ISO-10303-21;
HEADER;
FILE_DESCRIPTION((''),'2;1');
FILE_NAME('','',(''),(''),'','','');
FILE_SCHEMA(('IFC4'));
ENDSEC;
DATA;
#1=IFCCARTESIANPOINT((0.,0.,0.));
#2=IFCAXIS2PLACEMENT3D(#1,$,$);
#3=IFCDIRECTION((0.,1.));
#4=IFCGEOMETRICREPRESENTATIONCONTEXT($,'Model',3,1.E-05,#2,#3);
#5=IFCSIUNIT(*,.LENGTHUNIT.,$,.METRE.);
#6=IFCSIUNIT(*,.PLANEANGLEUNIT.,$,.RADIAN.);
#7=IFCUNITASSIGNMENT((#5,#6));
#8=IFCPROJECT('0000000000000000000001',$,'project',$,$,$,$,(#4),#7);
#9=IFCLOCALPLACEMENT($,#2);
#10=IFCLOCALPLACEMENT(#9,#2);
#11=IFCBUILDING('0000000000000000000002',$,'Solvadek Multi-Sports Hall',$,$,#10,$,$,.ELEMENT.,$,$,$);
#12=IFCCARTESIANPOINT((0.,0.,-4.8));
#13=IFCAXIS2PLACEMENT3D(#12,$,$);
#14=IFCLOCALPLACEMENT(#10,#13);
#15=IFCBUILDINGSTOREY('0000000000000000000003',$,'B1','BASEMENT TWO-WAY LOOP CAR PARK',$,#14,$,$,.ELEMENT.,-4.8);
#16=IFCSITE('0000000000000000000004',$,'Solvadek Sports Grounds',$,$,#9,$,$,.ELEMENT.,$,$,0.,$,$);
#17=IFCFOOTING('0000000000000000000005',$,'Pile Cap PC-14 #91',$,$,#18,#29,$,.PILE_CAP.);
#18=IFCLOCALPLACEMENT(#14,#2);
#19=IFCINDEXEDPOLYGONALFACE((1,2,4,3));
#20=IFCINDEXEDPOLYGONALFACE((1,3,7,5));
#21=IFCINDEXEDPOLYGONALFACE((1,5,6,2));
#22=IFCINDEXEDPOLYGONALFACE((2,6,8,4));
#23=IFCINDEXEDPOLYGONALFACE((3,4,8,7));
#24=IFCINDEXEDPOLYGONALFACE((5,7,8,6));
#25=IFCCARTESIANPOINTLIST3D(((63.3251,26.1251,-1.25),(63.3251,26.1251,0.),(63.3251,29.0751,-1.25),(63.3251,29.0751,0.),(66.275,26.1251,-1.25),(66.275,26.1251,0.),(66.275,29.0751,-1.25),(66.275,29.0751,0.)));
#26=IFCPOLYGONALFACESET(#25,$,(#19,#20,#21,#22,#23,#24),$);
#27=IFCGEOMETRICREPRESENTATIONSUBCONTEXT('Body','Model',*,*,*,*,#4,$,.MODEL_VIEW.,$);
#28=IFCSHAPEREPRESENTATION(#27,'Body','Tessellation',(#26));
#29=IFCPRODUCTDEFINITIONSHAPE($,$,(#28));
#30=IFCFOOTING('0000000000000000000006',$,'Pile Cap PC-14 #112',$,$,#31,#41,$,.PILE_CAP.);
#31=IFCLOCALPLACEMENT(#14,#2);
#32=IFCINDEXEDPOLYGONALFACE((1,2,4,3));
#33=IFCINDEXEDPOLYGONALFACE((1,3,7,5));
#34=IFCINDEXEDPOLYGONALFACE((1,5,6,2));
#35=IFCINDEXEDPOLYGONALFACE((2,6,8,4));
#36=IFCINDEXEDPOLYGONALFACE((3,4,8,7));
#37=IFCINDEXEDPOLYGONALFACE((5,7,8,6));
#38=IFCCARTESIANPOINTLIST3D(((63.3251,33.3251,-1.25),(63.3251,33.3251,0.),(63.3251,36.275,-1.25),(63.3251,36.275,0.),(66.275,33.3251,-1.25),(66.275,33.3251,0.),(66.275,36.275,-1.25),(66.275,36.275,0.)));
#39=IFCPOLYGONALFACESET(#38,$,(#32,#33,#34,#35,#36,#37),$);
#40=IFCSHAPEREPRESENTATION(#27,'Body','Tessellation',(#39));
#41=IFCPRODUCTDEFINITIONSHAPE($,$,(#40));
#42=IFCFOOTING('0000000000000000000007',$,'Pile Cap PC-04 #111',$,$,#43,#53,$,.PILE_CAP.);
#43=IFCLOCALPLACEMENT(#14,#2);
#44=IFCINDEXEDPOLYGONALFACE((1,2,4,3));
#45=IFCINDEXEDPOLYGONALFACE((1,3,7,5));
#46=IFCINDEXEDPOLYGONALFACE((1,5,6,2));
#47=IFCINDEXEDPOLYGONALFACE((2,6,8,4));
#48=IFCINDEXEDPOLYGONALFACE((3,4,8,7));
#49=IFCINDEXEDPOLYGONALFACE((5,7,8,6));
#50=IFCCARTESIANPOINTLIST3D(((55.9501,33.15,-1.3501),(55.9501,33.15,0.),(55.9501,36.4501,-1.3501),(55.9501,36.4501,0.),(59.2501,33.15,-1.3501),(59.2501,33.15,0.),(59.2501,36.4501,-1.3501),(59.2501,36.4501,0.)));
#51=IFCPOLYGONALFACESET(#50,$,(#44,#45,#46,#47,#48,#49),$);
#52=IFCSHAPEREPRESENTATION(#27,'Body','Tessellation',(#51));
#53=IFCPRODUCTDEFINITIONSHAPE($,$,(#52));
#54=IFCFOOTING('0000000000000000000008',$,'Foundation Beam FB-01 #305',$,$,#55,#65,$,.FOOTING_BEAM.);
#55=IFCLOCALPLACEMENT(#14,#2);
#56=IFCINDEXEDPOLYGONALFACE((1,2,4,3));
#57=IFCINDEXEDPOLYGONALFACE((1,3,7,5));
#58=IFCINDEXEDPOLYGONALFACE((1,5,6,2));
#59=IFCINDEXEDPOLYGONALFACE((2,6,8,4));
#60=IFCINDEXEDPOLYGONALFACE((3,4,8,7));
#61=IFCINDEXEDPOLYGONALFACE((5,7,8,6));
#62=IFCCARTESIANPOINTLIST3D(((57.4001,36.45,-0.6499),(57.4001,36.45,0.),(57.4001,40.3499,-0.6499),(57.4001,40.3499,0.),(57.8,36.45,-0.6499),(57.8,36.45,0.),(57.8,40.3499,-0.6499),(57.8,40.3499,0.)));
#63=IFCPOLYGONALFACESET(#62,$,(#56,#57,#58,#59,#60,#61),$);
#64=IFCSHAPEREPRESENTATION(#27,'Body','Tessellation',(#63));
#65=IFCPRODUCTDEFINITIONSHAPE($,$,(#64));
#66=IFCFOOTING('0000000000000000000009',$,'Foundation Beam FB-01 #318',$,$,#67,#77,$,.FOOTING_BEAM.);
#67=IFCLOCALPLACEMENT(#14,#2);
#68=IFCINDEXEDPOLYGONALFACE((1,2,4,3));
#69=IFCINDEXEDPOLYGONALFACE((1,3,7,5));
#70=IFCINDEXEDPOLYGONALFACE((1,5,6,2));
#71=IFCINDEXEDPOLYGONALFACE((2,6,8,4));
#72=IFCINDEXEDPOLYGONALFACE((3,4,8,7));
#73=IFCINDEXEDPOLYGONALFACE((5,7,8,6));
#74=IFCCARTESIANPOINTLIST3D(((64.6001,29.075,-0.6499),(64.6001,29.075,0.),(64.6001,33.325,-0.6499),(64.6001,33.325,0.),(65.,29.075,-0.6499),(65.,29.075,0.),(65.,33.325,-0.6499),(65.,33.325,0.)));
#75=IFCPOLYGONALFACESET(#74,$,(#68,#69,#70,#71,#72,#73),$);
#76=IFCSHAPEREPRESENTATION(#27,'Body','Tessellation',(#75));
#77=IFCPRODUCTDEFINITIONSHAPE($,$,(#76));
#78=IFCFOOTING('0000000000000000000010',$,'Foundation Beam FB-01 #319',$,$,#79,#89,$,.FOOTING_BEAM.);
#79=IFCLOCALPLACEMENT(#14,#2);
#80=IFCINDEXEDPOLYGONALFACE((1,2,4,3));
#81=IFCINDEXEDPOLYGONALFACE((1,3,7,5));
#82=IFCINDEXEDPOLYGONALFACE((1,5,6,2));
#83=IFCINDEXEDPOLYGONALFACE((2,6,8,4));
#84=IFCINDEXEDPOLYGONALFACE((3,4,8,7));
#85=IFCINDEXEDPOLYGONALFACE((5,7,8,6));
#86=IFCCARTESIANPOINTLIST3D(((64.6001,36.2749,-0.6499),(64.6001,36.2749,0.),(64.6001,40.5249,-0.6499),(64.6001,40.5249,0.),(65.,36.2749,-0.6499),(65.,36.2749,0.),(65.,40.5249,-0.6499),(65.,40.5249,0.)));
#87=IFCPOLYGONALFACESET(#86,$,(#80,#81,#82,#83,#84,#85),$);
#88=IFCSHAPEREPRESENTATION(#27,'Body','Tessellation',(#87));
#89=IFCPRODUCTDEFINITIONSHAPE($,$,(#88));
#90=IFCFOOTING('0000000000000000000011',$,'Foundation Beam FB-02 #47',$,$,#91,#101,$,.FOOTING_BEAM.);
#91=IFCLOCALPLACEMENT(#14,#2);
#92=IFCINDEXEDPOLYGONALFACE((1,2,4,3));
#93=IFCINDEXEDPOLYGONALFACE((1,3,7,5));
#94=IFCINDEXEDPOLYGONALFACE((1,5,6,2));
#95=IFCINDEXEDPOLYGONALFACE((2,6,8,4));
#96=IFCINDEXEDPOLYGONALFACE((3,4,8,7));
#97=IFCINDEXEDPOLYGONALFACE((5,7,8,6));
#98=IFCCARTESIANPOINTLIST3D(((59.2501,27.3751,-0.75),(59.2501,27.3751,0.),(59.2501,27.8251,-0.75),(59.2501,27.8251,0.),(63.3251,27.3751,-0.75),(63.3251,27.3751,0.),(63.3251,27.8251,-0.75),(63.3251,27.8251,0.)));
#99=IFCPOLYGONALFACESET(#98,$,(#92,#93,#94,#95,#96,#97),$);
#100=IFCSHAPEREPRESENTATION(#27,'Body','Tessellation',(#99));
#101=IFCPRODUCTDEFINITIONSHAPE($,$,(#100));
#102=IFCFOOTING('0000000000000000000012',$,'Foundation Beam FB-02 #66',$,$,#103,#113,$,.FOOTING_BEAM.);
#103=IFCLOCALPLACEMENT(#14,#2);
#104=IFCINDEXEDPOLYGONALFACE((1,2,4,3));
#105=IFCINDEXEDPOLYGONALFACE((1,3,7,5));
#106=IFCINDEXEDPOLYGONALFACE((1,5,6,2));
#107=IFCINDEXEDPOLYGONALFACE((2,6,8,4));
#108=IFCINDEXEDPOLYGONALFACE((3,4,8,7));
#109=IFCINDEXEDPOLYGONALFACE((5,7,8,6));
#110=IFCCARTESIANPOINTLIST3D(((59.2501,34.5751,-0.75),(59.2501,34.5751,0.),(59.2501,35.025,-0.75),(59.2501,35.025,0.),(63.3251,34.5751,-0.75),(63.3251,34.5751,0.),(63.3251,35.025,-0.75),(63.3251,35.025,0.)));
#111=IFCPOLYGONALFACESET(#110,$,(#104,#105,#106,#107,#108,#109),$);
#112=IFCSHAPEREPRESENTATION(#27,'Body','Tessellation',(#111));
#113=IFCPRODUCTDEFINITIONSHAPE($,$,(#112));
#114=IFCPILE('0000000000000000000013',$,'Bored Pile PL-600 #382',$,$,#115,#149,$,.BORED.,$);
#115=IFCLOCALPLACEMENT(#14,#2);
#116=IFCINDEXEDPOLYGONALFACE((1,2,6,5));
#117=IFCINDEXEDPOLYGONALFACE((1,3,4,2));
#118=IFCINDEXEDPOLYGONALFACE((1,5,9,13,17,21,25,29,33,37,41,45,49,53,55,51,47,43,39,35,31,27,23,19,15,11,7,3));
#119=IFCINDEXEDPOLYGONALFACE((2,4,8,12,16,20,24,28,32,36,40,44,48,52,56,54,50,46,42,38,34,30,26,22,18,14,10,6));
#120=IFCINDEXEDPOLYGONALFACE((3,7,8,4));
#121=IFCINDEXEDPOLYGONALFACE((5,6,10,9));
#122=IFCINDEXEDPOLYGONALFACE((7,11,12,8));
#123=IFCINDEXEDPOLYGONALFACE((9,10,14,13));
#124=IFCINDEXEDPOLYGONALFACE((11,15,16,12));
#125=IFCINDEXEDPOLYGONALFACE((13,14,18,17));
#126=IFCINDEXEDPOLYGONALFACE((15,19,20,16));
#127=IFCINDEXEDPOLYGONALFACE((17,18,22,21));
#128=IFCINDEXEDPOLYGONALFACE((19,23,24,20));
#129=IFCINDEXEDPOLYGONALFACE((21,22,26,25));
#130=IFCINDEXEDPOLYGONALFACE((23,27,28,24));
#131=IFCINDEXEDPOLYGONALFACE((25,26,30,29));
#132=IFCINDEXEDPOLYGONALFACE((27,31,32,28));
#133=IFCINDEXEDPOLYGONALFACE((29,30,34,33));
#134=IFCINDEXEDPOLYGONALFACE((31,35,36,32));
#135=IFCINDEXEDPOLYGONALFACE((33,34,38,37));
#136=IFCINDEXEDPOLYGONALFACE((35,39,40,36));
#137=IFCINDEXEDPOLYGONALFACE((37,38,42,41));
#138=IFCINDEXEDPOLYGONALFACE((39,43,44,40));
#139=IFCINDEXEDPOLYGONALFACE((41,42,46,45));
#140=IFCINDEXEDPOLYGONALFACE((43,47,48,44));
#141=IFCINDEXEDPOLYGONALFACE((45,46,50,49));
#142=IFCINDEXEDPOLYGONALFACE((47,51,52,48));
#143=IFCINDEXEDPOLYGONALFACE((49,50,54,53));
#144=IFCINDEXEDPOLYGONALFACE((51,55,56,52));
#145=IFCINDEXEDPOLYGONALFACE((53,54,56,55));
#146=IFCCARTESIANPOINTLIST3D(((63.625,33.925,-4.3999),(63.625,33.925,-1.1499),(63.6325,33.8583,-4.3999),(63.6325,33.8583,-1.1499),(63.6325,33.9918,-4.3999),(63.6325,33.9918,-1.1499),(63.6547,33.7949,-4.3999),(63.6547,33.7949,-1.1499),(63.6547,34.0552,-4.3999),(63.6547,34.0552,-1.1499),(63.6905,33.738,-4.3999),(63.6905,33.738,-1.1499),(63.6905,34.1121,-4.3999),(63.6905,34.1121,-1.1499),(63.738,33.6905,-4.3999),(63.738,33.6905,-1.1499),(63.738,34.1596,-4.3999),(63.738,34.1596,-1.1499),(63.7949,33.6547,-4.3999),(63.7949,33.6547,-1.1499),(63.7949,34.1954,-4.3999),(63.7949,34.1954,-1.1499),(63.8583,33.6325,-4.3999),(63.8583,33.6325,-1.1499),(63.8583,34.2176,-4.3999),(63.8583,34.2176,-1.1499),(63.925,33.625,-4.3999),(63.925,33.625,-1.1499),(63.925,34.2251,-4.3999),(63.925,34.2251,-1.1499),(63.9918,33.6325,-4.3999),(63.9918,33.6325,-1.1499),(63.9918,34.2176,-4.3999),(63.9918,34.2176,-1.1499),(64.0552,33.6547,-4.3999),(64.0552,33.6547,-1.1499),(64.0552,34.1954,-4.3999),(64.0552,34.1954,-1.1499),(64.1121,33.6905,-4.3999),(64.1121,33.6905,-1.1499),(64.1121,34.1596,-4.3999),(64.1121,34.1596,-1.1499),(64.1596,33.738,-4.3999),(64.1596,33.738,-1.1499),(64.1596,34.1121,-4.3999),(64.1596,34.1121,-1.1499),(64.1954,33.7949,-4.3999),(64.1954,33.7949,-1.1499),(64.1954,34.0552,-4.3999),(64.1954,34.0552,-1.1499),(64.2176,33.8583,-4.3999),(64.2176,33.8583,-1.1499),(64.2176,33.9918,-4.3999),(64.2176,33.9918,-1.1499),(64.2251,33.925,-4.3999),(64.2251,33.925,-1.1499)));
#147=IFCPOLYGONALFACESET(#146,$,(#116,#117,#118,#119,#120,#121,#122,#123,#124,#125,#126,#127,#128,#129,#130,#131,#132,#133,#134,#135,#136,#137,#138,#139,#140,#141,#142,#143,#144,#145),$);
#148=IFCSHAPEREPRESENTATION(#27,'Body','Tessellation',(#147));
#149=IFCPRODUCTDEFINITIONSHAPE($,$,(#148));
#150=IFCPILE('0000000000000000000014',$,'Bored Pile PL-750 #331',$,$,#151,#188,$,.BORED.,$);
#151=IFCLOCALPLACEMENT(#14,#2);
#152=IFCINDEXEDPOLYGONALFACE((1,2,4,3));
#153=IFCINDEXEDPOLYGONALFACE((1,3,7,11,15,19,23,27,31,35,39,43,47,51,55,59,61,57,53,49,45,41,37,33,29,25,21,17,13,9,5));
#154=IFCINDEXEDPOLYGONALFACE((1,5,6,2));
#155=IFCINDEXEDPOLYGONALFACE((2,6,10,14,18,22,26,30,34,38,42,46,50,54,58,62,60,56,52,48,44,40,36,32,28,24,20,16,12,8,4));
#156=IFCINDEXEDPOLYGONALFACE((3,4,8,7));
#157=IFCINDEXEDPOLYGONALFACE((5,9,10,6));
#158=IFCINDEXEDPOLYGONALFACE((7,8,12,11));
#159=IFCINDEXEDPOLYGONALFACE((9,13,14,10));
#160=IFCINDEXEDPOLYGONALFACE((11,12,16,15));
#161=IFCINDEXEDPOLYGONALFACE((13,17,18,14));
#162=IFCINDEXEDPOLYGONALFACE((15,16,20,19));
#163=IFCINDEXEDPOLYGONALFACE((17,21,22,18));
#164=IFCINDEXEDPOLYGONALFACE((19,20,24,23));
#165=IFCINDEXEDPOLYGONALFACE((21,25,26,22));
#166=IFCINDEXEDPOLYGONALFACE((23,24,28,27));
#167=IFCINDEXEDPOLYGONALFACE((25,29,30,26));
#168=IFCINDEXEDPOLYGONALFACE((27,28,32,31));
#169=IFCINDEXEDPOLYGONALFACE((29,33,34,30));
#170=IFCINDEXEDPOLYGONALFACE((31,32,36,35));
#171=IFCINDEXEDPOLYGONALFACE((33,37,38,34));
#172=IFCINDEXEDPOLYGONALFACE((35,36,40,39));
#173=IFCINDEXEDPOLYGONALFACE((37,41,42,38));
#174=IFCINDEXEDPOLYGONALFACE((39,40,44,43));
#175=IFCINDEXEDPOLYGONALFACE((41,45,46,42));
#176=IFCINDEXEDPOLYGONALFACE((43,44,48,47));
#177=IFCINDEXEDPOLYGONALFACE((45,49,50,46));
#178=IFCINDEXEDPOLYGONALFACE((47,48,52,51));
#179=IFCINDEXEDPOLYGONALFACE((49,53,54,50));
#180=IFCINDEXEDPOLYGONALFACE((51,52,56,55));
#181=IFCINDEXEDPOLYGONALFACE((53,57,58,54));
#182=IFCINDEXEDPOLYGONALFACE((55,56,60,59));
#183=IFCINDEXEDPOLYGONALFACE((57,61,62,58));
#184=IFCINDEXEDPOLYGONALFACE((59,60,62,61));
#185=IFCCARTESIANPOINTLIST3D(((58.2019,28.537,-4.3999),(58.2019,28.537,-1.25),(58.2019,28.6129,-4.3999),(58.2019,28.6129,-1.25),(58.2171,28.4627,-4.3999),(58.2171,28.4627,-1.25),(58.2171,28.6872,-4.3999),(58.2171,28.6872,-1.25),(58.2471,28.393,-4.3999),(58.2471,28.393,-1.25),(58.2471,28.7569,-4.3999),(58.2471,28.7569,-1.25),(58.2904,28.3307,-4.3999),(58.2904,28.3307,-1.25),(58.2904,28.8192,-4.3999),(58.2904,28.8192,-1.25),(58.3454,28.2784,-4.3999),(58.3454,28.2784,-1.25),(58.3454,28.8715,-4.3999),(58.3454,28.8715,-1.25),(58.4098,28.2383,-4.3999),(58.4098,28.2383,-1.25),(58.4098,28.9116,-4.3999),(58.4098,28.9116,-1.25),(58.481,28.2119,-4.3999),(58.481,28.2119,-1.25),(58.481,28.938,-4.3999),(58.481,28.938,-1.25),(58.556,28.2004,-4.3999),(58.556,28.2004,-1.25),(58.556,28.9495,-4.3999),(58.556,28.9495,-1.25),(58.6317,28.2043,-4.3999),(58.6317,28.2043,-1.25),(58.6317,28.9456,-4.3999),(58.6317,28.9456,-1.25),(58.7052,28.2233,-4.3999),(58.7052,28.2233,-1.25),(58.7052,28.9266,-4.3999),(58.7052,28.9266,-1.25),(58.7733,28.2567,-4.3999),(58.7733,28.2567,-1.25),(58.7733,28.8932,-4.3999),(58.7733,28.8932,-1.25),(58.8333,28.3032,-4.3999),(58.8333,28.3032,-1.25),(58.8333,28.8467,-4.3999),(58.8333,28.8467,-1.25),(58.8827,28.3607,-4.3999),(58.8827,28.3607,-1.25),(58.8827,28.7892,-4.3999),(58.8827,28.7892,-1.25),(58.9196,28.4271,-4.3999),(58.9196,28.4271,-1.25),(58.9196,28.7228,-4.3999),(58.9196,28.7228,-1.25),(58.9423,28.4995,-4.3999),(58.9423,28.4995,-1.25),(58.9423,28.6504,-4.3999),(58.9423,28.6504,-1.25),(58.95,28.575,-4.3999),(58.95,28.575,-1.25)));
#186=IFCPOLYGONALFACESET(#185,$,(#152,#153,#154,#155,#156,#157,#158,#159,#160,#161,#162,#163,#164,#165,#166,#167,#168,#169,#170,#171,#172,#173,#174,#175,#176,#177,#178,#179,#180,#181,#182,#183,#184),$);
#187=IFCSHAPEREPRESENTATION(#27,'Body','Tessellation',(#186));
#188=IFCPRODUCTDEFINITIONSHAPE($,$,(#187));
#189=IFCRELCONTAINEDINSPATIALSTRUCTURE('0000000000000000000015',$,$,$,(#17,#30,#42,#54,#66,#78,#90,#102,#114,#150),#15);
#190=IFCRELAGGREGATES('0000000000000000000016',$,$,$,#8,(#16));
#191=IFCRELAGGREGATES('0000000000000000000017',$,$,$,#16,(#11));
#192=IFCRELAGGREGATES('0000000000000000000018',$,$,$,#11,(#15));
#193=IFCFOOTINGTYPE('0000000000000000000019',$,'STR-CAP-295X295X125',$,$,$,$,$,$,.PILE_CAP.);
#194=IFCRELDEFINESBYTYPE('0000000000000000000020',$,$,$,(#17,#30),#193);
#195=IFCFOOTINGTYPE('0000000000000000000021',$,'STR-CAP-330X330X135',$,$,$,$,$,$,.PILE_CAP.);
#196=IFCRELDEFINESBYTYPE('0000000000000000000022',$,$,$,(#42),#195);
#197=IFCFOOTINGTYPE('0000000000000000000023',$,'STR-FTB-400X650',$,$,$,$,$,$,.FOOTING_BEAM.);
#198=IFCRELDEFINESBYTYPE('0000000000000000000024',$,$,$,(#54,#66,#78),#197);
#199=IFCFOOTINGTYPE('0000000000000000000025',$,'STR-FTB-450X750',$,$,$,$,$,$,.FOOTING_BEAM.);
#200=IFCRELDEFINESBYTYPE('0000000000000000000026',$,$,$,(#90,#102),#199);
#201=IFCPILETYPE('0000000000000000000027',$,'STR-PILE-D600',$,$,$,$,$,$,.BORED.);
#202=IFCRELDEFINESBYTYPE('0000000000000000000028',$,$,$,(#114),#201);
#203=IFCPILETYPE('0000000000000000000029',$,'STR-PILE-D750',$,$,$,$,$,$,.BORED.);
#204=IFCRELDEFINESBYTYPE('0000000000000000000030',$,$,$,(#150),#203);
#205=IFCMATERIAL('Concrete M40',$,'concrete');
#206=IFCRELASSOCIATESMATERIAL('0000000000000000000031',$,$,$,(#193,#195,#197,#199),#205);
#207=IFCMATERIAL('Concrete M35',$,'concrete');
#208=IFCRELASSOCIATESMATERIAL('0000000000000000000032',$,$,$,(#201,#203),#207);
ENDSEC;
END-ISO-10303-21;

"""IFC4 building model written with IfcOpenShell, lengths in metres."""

from ifc_helpers import new_model, si_unit, direction, frame, origin, origin_2d, place, context, subcontext, project, spatial, rectangle, circle, extrude, material, material_profile, profile_set, type_object, element, save


model = new_model("IFC4")

# Units and contexts
model_context = context("Model", 3, precision=1e-05, world=origin(), true_north=direction((0.0, 1.0)))
body_context = subcontext(model_context, "Body", "Model", "MODEL_VIEW")
ifc_project = project(units=[si_unit("LENGTHUNIT", "METRE"), si_unit("PLANEANGLEUNIT", "RADIAN")], contexts=[model_context])

# Site, building, storey
site_placement = place(None, origin())
site = spatial("IfcSite", under=ifc_project, at=site_placement, Name="Solvadek Sports Grounds", CompositionType="ELEMENT", RefElevation=0.0)
building_placement = place(site_placement, origin())
building = spatial("IfcBuilding", under=site, at=building_placement, Name="Solvadek Multi-Sports Hall", CompositionType="ELEMENT")
storey_placement = place(building_placement, frame((0.0, 0.0, -4.8)))
storey = spatial("IfcBuildingStorey", under=building, at=storey_placement, Name="B1", Description="BASEMENT TWO-WAY LOOP CAR PARK", CompositionType="ELEMENT", Elevation=-4.8)

# Footings
ifc_material_1 = material(Name="Concrete M40", Category="concrete")
footing_type_1 = type_object("IfcFootingType", Name="STR-CAP-295X295X125", PredefinedType="PILE_CAP", material=ifc_material_1)
for number, where, z_axis, x_axis, name in (
    (1, (64.8, 27.6001, -1.25), (0.0, 0.0, 1.0), (1.0, 0.0, 0.0), "Pile Cap PC-14 #91"),
    (2, (64.8, 34.8, -1.25), (0.0, 0.0, 1.0), (1.0, 0.0, 0.0), "Pile Cap PC-14 #112"),
):
    element("IfcFooting", number, at=place(storey_placement, frame(where, z_axis=z_axis, x_axis=x_axis)), inside=storey, type_object=footing_type_1, Name=name, PredefinedType="PILE_CAP", context=body_context, shape_type="SweptSolid", body=[
        extrude(rectangle(XDim=2.95, YDim=2.95, at=origin_2d()), origin(), (0.0, 0.0, 1.0), 1.25),
    ])
footing_type_2 = type_object("IfcFootingType", Name="STR-CAP-330X330X135", PredefinedType="PILE_CAP", material=ifc_material_1)
footing_1_placement = place(storey_placement, frame((57.6001, 34.8, -1.3501), z_axis=(0.0, 0.0, 1.0), x_axis=(1.0, 0.0, 0.0)))
element("IfcFooting", 3, at=footing_1_placement, inside=storey, type_object=footing_type_2, Name="Pile Cap PC-04 #111", PredefinedType="PILE_CAP", context=body_context, shape_type="SweptSolid", body=[
    extrude(rectangle(XDim=3.3, YDim=3.3, at=origin_2d()), origin(), (0.0, 0.0, 1.0), 1.3501),
])
footing_type_3 = type_object("IfcFootingType", Name="STR-FTB-400X650", PredefinedType="FOOTING_BEAM", material=ifc_material_1)
footing_2_placement = place(storey_placement, frame((57.6001, 38.3999, -0.6499), z_axis=(0.0, 0.0, 1.0), x_axis=(0.0, 1.0, 0.0)))
element("IfcFooting", 4, at=footing_2_placement, inside=storey, type_object=footing_type_3, Name="Foundation Beam FB-01 #305", PredefinedType="FOOTING_BEAM", context=body_context, shape_type="SweptSolid", body=[
    extrude(rectangle(XDim=3.8999, YDim=0.3999, at=origin_2d()), origin(), (0.0, 0.0, 1.0), 0.6499),
])
for number, where, z_axis, x_axis, name in (
    (5, (64.8, 31.2, -0.6499), (0.0, 0.0, 1.0), (0.0, 1.0, 0.0), "Foundation Beam FB-01 #318"),
    (6, (64.8, 38.3999, -0.6499), (0.0, 0.0, 1.0), (0.0, 1.0, 0.0), "Foundation Beam FB-01 #319"),
):
    element("IfcFooting", number, at=place(storey_placement, frame(where, z_axis=z_axis, x_axis=x_axis)), inside=storey, type_object=footing_type_3, Name=name, PredefinedType="FOOTING_BEAM", context=body_context, shape_type="SweptSolid", body=[
        extrude(rectangle(XDim=4.25, YDim=0.3999, at=origin_2d()), origin(), (0.0, 0.0, 1.0), 0.6499),
    ])
footing_type_4 = type_object("IfcFootingType", Name="STR-FTB-450X750", PredefinedType="FOOTING_BEAM", material=ifc_material_1)
for number, where, z_axis, x_axis, name in (
    (7, (61.2876, 27.6001, -0.75), (0.0, 0.0, 1.0), (1.0, 0.0, 0.0), "Foundation Beam FB-02 #47"),
    (8, (61.2876, 34.8, -0.75), (0.0, 0.0, 1.0), (1.0, 0.0, 0.0), "Foundation Beam FB-02 #66"),
):
    element("IfcFooting", number, at=place(storey_placement, frame(where, z_axis=z_axis, x_axis=x_axis)), inside=storey, type_object=footing_type_4, Name=name, PredefinedType="FOOTING_BEAM", context=body_context, shape_type="SweptSolid", body=[
        extrude(rectangle(XDim=4.075, YDim=0.45, at=origin_2d()), origin(), (0.0, 0.0, 1.0), 0.75),
    ])

# Piles
ifc_material_2 = material(Name="Concrete M35", Category="concrete")
ifc_material_profile_1 = material_profile(ifc_material_2, circle(Radius=0.3, at=origin_2d()), Name="BORED PILE D600")
ifc_profile_set_1 = profile_set([ifc_material_profile_1], Name="Concrete M35")
pile_type_1 = type_object("IfcPileType", Name="STR-PILE-D600", PredefinedType="BORED", material=ifc_profile_set_1)
pile_placement = place(storey_placement, frame((63.925, 33.925, -1.1499), z_axis=(0.0, 0.0, -1.0), x_axis=(1.0, 0.0, 0.0)))
element("IfcPile", 9, at=pile_placement, inside=storey, type_object=pile_type_1, Name="Bored Pile PL-600 #382", PredefinedType="BORED", context=body_context, shape_type="SweptSolid", body=[
    extrude(circle(Radius=0.3, at=origin_2d()), origin(), (0.0, 0.0, 1.0), 3.25),
])
ifc_material_profile_2 = material_profile(ifc_material_2, circle(Radius=0.375, at=origin_2d()), Name="BORED PILE D750")
ifc_profile_set_2 = profile_set([ifc_material_profile_2], Name="Concrete M35")
pile_type_2 = type_object("IfcPileType", Name="STR-PILE-D750", PredefinedType="BORED", material=ifc_profile_set_2)
for number, where, z_axis, x_axis, name in (
    (10, (58.575, 28.575, -1.25), (0.0, 0.0, -1.0), (1.0, 0.0, 0.0), "Bored Pile PL-750 #331"),
):
    element("IfcPile", number, at=place(storey_placement, frame(where, z_axis=z_axis, x_axis=x_axis)), inside=storey, type_object=pile_type_2, Name=name, PredefinedType="BORED", context=body_context, shape_type="SweptSolid", body=[
        extrude(circle(Radius=0.375, at=origin_2d()), origin(), (0.0, 0.0, 1.0), 3.1499),
    ])

save(model, "model.ifc")
